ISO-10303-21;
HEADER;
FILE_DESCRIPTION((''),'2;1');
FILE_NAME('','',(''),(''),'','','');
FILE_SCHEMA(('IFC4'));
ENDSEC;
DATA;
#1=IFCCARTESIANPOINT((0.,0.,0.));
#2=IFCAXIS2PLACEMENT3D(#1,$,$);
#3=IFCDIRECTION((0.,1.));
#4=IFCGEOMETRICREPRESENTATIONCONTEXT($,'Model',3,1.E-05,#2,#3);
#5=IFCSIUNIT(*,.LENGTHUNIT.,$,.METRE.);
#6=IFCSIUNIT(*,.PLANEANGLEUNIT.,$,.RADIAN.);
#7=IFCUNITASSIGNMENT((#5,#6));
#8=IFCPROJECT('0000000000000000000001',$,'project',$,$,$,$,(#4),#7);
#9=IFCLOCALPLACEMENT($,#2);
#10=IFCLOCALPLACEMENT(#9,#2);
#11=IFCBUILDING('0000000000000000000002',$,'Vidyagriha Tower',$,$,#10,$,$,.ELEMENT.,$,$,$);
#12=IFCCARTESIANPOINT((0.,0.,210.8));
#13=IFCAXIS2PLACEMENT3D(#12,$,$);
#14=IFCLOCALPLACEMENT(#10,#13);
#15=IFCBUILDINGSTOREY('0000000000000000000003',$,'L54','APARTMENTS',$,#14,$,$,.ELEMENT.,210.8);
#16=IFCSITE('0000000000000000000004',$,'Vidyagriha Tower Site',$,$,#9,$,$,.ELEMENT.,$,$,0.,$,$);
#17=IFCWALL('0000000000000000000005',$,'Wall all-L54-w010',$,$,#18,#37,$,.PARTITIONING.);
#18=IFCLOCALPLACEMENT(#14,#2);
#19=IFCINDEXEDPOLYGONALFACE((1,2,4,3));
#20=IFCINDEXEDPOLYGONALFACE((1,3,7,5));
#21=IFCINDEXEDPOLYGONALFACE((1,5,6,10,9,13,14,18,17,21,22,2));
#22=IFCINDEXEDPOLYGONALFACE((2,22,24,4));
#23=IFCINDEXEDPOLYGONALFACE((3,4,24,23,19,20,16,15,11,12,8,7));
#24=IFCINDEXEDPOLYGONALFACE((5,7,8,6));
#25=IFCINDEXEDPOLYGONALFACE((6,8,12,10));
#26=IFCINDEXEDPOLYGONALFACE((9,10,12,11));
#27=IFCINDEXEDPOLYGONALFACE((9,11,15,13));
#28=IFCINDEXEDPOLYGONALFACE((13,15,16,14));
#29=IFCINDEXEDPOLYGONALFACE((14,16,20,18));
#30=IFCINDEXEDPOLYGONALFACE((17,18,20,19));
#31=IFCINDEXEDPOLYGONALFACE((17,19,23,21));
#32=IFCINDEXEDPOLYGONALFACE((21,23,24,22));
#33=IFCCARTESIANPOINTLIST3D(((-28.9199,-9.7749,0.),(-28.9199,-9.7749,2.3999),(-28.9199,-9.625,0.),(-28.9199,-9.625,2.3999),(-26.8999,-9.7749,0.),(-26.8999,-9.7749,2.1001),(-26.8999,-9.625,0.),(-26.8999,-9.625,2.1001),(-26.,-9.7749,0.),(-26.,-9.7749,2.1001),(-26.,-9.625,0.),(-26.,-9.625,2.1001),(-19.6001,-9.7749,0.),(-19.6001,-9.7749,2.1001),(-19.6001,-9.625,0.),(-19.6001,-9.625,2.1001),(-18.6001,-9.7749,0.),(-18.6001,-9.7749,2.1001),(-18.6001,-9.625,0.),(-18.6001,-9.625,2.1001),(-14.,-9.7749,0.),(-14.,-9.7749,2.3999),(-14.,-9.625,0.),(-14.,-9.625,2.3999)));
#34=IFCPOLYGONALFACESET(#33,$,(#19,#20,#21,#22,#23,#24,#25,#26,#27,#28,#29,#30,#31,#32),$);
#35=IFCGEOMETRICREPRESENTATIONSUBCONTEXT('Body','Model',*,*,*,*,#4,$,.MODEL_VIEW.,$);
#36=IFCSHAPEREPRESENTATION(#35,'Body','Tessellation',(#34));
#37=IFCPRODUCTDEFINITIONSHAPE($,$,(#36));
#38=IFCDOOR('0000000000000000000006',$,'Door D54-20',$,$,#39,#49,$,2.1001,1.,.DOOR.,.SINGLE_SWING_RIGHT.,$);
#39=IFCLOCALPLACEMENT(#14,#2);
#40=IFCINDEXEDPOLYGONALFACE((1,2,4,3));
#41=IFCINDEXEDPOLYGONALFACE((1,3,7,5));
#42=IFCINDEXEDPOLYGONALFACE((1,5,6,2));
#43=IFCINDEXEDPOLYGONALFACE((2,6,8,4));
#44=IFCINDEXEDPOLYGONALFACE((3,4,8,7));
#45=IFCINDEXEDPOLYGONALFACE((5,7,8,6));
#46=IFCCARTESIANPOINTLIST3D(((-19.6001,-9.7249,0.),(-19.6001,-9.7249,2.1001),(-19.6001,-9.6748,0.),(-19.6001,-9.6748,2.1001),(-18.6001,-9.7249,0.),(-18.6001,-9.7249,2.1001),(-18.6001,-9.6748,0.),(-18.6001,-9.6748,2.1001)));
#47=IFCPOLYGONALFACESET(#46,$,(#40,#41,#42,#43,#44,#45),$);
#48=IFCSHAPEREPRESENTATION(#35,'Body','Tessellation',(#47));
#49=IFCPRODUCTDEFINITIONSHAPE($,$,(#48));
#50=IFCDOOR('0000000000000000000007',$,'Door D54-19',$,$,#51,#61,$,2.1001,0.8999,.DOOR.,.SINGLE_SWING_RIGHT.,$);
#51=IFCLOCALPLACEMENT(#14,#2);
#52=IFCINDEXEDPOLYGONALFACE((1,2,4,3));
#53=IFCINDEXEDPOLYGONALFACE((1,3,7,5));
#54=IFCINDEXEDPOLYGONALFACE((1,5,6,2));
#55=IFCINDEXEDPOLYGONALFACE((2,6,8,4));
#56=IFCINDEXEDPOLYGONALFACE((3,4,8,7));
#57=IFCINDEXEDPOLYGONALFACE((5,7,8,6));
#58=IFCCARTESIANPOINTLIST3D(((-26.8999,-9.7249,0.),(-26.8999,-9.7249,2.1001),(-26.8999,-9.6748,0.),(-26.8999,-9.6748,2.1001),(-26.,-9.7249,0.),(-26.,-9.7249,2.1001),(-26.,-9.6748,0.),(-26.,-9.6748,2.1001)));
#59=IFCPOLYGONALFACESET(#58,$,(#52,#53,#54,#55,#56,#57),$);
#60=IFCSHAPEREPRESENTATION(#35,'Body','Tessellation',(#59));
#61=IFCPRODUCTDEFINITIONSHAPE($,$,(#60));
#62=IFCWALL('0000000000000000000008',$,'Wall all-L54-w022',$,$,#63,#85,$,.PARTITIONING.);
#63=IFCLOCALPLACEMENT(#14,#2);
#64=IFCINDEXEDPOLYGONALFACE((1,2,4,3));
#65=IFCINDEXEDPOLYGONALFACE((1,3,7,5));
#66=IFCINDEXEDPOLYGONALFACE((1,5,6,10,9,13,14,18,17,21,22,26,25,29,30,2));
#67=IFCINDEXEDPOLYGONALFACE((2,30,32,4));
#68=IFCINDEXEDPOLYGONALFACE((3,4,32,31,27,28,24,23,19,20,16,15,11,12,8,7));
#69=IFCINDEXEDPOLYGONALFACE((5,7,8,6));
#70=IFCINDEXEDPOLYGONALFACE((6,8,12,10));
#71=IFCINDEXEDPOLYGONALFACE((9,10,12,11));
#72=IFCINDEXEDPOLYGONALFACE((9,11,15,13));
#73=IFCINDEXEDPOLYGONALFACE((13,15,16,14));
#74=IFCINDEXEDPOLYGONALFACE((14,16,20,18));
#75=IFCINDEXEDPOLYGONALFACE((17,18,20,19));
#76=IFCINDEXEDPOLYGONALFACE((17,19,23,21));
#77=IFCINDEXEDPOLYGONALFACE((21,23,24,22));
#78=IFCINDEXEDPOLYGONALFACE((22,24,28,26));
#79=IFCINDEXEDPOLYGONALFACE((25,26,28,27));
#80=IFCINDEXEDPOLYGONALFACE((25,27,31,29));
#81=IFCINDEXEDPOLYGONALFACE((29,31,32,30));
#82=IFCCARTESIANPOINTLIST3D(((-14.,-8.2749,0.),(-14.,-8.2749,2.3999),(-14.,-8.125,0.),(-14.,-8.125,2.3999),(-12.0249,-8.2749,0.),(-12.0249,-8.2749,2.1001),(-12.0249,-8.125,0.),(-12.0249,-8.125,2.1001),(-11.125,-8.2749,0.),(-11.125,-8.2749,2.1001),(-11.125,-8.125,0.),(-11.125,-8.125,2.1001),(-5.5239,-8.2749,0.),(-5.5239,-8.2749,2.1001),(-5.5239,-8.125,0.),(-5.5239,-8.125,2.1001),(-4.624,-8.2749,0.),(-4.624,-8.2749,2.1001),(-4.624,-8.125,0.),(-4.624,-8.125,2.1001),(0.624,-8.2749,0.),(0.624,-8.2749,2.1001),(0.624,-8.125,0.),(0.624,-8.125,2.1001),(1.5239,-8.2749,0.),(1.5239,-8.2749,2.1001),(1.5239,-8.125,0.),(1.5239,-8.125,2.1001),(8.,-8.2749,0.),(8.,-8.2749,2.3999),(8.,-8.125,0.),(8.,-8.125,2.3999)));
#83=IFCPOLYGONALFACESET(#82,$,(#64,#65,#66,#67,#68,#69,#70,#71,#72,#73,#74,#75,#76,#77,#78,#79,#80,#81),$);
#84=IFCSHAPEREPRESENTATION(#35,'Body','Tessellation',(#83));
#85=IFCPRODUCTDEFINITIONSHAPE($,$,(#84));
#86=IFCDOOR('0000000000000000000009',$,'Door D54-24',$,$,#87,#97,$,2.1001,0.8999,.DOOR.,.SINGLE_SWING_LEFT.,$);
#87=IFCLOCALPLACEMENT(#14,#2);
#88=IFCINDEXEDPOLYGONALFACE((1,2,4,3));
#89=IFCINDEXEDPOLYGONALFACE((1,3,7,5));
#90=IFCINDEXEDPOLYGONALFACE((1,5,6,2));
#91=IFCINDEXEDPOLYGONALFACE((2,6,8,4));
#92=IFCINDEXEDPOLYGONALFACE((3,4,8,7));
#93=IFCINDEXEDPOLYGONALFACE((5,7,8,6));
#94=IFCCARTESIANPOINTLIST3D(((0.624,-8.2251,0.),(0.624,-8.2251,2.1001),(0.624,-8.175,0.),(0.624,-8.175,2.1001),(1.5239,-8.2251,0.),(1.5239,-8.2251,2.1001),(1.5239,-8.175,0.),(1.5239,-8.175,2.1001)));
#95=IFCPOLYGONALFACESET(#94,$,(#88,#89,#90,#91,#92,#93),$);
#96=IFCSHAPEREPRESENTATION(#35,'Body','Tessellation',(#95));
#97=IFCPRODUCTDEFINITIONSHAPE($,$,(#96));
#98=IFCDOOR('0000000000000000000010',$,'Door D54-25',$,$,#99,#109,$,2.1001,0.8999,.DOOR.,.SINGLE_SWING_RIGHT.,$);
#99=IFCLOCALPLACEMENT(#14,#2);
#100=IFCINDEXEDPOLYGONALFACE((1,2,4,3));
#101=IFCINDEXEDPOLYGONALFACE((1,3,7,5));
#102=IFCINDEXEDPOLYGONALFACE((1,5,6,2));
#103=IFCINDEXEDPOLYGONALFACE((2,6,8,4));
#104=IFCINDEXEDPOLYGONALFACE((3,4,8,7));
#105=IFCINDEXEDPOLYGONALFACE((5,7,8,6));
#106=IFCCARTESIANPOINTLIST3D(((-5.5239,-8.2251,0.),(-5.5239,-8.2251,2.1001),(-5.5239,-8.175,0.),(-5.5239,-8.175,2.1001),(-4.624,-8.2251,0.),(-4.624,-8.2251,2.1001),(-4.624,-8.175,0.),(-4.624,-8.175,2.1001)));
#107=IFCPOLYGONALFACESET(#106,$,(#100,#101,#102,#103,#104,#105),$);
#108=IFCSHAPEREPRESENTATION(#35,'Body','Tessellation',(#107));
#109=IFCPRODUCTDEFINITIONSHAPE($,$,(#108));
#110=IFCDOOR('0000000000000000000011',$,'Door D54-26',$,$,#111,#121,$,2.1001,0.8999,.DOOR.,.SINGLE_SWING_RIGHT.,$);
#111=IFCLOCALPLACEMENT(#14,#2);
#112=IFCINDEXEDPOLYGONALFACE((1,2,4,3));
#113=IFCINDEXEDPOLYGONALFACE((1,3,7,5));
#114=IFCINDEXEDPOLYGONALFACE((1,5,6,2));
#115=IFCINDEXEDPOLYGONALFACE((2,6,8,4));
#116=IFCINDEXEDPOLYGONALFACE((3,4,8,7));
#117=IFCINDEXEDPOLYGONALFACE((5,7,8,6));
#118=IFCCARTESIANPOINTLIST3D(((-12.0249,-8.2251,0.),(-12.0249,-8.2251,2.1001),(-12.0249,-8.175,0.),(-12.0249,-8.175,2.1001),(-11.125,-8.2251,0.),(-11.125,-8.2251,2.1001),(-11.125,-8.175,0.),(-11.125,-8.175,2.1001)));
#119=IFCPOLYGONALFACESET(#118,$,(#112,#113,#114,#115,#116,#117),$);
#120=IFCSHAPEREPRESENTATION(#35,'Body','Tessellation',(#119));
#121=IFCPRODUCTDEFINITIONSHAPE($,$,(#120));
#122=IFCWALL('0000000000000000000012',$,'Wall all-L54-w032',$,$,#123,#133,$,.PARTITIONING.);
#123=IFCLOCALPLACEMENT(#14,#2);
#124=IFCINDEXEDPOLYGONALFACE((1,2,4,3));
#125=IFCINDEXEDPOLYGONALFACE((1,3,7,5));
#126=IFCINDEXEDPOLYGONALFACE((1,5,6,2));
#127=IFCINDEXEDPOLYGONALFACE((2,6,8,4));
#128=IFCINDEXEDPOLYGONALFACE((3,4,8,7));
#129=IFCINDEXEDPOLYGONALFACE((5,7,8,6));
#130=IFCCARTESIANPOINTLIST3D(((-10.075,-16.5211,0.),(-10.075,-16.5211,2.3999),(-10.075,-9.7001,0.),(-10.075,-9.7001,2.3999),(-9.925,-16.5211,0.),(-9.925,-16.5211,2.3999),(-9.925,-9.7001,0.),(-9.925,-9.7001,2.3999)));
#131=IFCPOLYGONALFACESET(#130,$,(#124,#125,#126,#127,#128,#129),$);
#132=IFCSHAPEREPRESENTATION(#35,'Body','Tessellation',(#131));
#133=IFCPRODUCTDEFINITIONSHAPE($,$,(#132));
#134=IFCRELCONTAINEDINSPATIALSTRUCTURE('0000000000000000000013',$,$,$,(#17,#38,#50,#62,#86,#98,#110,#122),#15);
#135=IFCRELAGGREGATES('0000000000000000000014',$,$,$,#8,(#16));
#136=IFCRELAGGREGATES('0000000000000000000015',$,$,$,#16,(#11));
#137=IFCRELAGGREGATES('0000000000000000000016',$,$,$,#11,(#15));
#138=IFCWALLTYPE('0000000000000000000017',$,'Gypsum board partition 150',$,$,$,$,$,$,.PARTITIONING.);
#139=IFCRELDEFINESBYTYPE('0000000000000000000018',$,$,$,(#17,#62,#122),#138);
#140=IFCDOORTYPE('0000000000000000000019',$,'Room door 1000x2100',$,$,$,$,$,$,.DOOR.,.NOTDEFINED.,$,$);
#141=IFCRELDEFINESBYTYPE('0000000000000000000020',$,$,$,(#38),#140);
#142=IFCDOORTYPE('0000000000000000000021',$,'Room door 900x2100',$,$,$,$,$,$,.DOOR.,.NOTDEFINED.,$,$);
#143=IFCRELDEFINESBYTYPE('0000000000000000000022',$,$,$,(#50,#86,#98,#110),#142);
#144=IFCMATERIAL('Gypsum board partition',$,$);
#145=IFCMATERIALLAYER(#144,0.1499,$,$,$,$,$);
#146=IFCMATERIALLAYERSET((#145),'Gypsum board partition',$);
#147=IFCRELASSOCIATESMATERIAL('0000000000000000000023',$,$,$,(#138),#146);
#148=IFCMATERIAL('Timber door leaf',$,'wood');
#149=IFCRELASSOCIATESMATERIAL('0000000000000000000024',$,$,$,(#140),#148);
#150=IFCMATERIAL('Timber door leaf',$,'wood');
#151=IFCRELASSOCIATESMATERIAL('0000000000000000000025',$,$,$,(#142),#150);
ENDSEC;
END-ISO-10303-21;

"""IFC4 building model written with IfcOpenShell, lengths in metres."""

from ifc_helpers import new_model, si_unit, direction, frame, frame_2d, origin, place, context, subcontext, project, spatial, rectangle, extrude, material, layer, layer_set, type_object, element, fill, save


model = new_model("IFC4")

# Units and contexts
model_context = context("Model", 3, precision=1e-05, world=origin(), true_north=direction((0.0, 1.0)))
body_context = subcontext(model_context, "Body", "Model", "MODEL_VIEW")
ifc_project = project(units=[si_unit("LENGTHUNIT", "METRE"), si_unit("PLANEANGLEUNIT", "RADIAN")], contexts=[model_context])

# Site, building, storey
site_placement = place(None, origin())
site = spatial("IfcSite", under=ifc_project, at=site_placement, Name="Vidyagriha Tower Site", CompositionType="ELEMENT", RefElevation=0.0)
building_placement = place(site_placement, origin())
building = spatial("IfcBuilding", under=site, at=building_placement, Name="Vidyagriha Tower", CompositionType="ELEMENT")
storey_placement = place(building_placement, frame((0.0, 0.0, 210.8)))
storey = spatial("IfcBuildingStorey", under=building, at=storey_placement, Name="L54", Description="APARTMENTS", CompositionType="ELEMENT", Elevation=210.8)

# Shared definitions
ifc_material_1 = material(Name="Gypsum board partition")
ifc_layer_1 = layer(ifc_material_1, 0.1499)
ifc_layer_set_1 = layer_set([ifc_layer_1], Name="Gypsum board partition")
wall_type_1 = type_object("IfcWallType", Name="Gypsum board partition 150", PredefinedType="PARTITIONING", material=ifc_layer_set_1)

# Walls, openings, doors
wall_1_placement = place(storey_placement, frame((-14.0, -9.7, 0.0), z_axis=(0.0, 0.0, 1.0), x_axis=(-1.0, 0.0, 0.0)))
wall_1 = element("IfcWall", 1, at=wall_1_placement, inside=storey, type_object=wall_type_1, Name="Wall all-L54-w010", PredefinedType="PARTITIONING", context=body_context, shape_type="SweptSolid", body=[
    extrude(rectangle(XDim=14.9199, YDim=0.1499, at=frame_2d((7.46, 0.0))), origin(), (0.0, 0.0, 1.0), 2.3999),
])
opening_1_placement = place(wall_1_placement, frame((12.0, 0.0, 0.0)))
opening_1 = element("IfcOpeningElement", 2, at=opening_1_placement, cuts=wall_1, PredefinedType="OPENING", context=body_context, shape_type="SweptSolid", body=[
    extrude(rectangle(XDim=0.8999, YDim=2.1001, at=frame_2d((0.45, 1.05))), frame((0.0, 0.085, 0.0), z_axis=(0.0, -1.0, 0.0), x_axis=(1.0, 0.0, 0.0)), (0.0, 0.0, 1.0), 0.1699),
])
opening_2_placement = place(wall_1_placement, frame((4.6001, 0.0, 0.0)))
opening_2 = element("IfcOpeningElement", 3, at=opening_2_placement, cuts=wall_1, PredefinedType="OPENING", context=body_context, shape_type="SweptSolid", body=[
    extrude(rectangle(XDim=1.0, YDim=2.1001, at=frame_2d((0.5, 1.05))), frame((0.0, 0.085, 0.0), z_axis=(0.0, -1.0, 0.0), x_axis=(1.0, 0.0, 0.0)), (0.0, 0.0, 1.0), 0.1699),
])
ifc_material_2 = material(Name="Timber door leaf", Category="wood")
door_type_1 = type_object("IfcDoorType", Name="Room door 1000x2100", OperationType="NOTDEFINED", PredefinedType="DOOR", material=ifc_material_2)
door_1_placement = place(opening_2_placement, origin())
door_1 = element("IfcDoor", 4, at=door_1_placement, inside=storey, type_object=door_type_1, Name="Door D54-20", OperationType="SINGLE_SWING_RIGHT", OverallHeight=2.1001, OverallWidth=1.0, PredefinedType="DOOR", context=body_context, shape_type="SweptSolid", body=[
    extrude(rectangle(XDim=1.0, YDim=2.1001, at=frame_2d((0.5, 1.05))), frame((0.0, 0.0249, 0.0), z_axis=(0.0, -1.0, 0.0), x_axis=(1.0, 0.0, 0.0)), (0.0, 0.0, 1.0), 0.05),
])
fill(opening_2, door_1)
ifc_material_3 = material(Name="Timber door leaf", Category="wood")
door_type_2 = type_object("IfcDoorType", Name="Room door 900x2100", OperationType="NOTDEFINED", PredefinedType="DOOR", material=ifc_material_3)
door_2_placement = place(opening_1_placement, origin())
door_2 = element("IfcDoor", 5, at=door_2_placement, inside=storey, type_object=door_type_2, Name="Door D54-19", OperationType="SINGLE_SWING_RIGHT", OverallHeight=2.1001, OverallWidth=0.8999, PredefinedType="DOOR", context=body_context, shape_type="SweptSolid", body=[
    extrude(rectangle(XDim=0.8999, YDim=2.1001, at=frame_2d((0.45, 1.05))), frame((0.0, 0.0249, 0.0), z_axis=(0.0, -1.0, 0.0), x_axis=(1.0, 0.0, 0.0)), (0.0, 0.0, 1.0), 0.05),
])
fill(opening_1, door_2)
wall_2_placement = place(storey_placement, frame((-14.0, -8.2, 0.0)))
wall_2 = element("IfcWall", 6, at=wall_2_placement, inside=storey, type_object=wall_type_1, Name="Wall all-L54-w022", PredefinedType="PARTITIONING", context=body_context, shape_type="SweptSolid", body=[
    extrude(rectangle(XDim=22.0, YDim=0.1499, at=frame_2d((11.0, 0.0))), origin(), (0.0, 0.0, 1.0), 2.3999),
])
opening_3_placement = place(wall_2_placement, frame((14.624, 0.0, 0.0)))
opening_3 = element("IfcOpeningElement", 7, at=opening_3_placement, cuts=wall_2, PredefinedType="OPENING", context=body_context, shape_type="SweptSolid", body=[
    extrude(rectangle(XDim=0.8999, YDim=2.1001, at=frame_2d((0.45, 1.05))), frame((0.0, 0.085, 0.0), z_axis=(0.0, -1.0, 0.0), x_axis=(1.0, 0.0, 0.0)), (0.0, 0.0, 1.0), 0.1699),
])
opening_4_placement = place(wall_2_placement, frame((8.4761, 0.0, 0.0)))
opening_4 = element("IfcOpeningElement", 8, at=opening_4_placement, cuts=wall_2, PredefinedType="OPENING", context=body_context, shape_type="SweptSolid", body=[
    extrude(rectangle(XDim=0.8999, YDim=2.1001, at=frame_2d((0.45, 1.05))), frame((0.0, 0.085, 0.0), z_axis=(0.0, -1.0, 0.0), x_axis=(1.0, 0.0, 0.0)), (0.0, 0.0, 1.0), 0.1699),
])
opening_5_placement = place(wall_2_placement, frame((1.9751, 0.0, 0.0)))
opening_5 = element("IfcOpeningElement", 9, at=opening_5_placement, cuts=wall_2, PredefinedType="OPENING", context=body_context, shape_type="SweptSolid", body=[
    extrude(rectangle(XDim=0.8999, YDim=2.1001, at=frame_2d((0.45, 1.05))), frame((0.0, 0.085, 0.0), z_axis=(0.0, -1.0, 0.0), x_axis=(1.0, 0.0, 0.0)), (0.0, 0.0, 1.0), 0.1699),
])
door_3_placement = place(opening_3_placement, origin())
door_3 = element("IfcDoor", 10, at=door_3_placement, inside=storey, type_object=door_type_2, Name="Door D54-24", OperationType="SINGLE_SWING_LEFT", OverallHeight=2.1001, OverallWidth=0.8999, PredefinedType="DOOR", context=body_context, shape_type="SweptSolid", body=[
    extrude(rectangle(XDim=0.8999, YDim=2.1001, at=frame_2d((0.45, 1.05))), frame((0.0, 0.0249, 0.0), z_axis=(0.0, -1.0, 0.0), x_axis=(1.0, 0.0, 0.0)), (0.0, 0.0, 1.0), 0.05),
])
fill(opening_3, door_3)
door_4_placement = place(opening_4_placement, origin())
door_4 = element("IfcDoor", 11, at=door_4_placement, inside=storey, type_object=door_type_2, Name="Door D54-25", OperationType="SINGLE_SWING_RIGHT", OverallHeight=2.1001, OverallWidth=0.8999, PredefinedType="DOOR", context=body_context, shape_type="SweptSolid", body=[
    extrude(rectangle(XDim=0.8999, YDim=2.1001, at=frame_2d((0.45, 1.05))), frame((0.0, 0.0249, 0.0), z_axis=(0.0, -1.0, 0.0), x_axis=(1.0, 0.0, 0.0)), (0.0, 0.0, 1.0), 0.05),
])
fill(opening_4, door_4)
door_5_placement = place(opening_5_placement, origin())
door_5 = element("IfcDoor", 12, at=door_5_placement, inside=storey, type_object=door_type_2, Name="Door D54-26", OperationType="SINGLE_SWING_RIGHT", OverallHeight=2.1001, OverallWidth=0.8999, PredefinedType="DOOR", context=body_context, shape_type="SweptSolid", body=[
    extrude(rectangle(XDim=0.8999, YDim=2.1001, at=frame_2d((0.45, 1.05))), frame((0.0, 0.0249, 0.0), z_axis=(0.0, -1.0, 0.0), x_axis=(1.0, 0.0, 0.0)), (0.0, 0.0, 1.0), 0.05),
])
fill(opening_5, door_5)

# Wall
wall_3_placement = place(storey_placement, frame((-10.0, -9.7, 0.0), z_axis=(0.0, 0.0, 1.0), x_axis=(0.0, -1.0, 0.0)))
element("IfcWall", 13, at=wall_3_placement, inside=storey, type_object=wall_type_1, Name="Wall all-L54-w032", PredefinedType="PARTITIONING", context=body_context, shape_type="SweptSolid", body=[
    extrude(rectangle(XDim=6.821, YDim=0.1499, at=frame_2d((3.4106, 0.0))), origin(), (0.0, 0.0, 1.0), 2.3999),
])

save(model, "model.ifc")
